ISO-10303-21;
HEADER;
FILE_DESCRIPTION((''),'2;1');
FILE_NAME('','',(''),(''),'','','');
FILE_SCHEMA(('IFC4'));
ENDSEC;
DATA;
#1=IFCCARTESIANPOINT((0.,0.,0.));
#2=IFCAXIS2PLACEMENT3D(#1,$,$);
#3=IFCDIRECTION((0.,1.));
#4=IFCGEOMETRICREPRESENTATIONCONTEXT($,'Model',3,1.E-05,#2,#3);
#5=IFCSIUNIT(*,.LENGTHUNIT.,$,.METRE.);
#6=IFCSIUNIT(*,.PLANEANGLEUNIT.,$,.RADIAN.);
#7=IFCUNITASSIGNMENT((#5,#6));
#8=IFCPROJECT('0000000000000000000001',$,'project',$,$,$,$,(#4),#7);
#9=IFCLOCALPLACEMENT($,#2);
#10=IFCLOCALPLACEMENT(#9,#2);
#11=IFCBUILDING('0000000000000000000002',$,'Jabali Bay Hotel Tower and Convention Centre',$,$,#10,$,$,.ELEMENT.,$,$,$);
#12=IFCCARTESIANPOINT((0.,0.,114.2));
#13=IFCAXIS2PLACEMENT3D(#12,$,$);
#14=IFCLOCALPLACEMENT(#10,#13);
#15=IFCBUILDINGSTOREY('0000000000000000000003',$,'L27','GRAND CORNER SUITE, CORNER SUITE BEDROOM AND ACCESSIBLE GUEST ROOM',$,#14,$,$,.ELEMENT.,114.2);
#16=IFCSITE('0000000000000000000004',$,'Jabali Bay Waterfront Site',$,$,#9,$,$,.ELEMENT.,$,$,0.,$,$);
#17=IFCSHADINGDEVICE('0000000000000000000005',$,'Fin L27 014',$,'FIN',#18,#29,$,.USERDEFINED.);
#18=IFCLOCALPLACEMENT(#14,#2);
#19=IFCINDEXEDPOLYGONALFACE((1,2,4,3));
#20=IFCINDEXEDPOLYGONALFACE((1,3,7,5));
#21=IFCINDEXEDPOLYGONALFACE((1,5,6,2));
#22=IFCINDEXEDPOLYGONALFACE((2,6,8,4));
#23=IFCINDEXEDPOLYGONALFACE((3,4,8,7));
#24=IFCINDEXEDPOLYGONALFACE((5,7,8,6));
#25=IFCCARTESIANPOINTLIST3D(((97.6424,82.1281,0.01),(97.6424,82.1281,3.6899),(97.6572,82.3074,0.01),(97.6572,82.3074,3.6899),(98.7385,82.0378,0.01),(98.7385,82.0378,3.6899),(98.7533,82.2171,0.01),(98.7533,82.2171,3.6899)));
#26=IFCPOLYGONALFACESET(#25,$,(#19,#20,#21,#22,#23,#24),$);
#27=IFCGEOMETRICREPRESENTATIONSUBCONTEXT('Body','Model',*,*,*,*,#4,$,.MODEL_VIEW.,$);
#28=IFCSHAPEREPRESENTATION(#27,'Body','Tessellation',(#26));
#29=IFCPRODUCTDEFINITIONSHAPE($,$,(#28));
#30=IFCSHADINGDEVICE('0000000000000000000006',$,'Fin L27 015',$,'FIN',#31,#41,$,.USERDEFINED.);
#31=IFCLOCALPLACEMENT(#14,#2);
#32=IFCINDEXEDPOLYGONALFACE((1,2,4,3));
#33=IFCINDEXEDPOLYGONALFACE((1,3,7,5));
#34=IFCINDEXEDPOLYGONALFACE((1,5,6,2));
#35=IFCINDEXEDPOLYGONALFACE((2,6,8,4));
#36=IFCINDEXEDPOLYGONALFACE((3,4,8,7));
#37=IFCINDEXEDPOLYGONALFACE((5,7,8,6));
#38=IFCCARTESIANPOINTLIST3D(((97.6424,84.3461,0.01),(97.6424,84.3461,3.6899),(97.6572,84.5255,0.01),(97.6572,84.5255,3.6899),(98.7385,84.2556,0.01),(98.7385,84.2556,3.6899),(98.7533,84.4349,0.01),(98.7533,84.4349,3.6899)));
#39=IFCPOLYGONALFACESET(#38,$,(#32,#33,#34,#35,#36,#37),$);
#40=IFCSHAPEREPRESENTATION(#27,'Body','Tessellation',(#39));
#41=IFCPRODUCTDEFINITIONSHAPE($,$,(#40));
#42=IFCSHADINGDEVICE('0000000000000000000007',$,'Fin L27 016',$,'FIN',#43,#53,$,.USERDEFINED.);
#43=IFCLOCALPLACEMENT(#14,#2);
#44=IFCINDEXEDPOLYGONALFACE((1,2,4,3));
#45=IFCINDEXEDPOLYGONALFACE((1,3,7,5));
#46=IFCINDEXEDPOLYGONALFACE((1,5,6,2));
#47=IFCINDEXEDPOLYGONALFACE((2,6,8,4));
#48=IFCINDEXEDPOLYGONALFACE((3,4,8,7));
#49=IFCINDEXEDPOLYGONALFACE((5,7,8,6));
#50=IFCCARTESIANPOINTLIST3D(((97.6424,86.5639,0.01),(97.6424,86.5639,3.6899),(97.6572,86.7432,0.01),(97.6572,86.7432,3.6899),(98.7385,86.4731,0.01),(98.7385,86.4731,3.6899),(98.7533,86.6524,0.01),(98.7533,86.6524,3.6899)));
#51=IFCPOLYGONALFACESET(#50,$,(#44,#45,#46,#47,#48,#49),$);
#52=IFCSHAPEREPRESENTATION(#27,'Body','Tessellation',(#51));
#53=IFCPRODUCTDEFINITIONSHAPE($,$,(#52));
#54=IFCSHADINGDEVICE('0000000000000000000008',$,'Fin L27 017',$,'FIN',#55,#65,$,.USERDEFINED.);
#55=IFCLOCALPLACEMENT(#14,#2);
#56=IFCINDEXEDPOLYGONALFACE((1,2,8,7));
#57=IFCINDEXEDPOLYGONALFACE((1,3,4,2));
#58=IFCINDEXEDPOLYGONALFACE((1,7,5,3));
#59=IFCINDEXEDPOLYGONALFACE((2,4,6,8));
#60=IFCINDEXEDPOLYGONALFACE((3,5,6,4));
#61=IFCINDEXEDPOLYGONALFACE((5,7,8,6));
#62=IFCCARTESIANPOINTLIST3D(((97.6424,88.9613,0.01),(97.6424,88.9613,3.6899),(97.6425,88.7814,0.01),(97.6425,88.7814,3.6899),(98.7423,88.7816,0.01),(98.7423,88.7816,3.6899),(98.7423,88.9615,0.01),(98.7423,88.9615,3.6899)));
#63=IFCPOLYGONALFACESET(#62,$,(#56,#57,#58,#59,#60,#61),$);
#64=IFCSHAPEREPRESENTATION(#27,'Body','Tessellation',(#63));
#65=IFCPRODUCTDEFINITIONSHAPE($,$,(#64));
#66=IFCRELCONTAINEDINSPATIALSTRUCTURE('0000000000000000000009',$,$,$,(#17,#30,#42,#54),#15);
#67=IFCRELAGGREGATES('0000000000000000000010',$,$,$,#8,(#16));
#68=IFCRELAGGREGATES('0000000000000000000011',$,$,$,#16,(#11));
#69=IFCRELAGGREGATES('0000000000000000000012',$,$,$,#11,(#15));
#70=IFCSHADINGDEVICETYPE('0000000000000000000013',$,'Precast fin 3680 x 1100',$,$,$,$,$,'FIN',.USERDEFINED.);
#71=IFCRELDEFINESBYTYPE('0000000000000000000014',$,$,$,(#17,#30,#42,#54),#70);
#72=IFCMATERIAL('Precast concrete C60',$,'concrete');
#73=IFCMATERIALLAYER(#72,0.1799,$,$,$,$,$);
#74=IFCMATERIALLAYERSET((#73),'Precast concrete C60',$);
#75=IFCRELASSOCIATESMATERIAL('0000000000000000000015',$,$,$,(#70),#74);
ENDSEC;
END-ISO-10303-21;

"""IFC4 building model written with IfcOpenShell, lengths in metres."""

from ifc_helpers import new_model, si_unit, direction, frame, frame_2d, origin, place, context, subcontext, project, spatial, rectangle, extrude, material, layer, layer_set, type_object, element, save


model = new_model("IFC4")

# Units and contexts
model_context = context("Model", 3, precision=1e-05, world=origin(), true_north=direction((0.0, 1.0)))
body_context = subcontext(model_context, "Body", "Model", "MODEL_VIEW")
ifc_project = project(units=[si_unit("LENGTHUNIT", "METRE"), si_unit("PLANEANGLEUNIT", "RADIAN")], contexts=[model_context])

# Site, building, storey
site_placement = place(None, origin())
site = spatial("IfcSite", under=ifc_project, at=site_placement, Name="Jabali Bay Waterfront Site", CompositionType="ELEMENT", RefElevation=0.0)
building_placement = place(site_placement, origin())
building = spatial("IfcBuilding", under=site, at=building_placement, Name="Jabali Bay Hotel Tower and Convention Centre", CompositionType="ELEMENT")
storey_placement = place(building_placement, frame((0.0, 0.0, 114.2)))
storey = spatial("IfcBuildingStorey", under=building, at=storey_placement, Name="L27", Description="GRAND CORNER SUITE, CORNER SUITE BEDROOM AND ACCESSIBLE GUEST ROOM", CompositionType="ELEMENT", Elevation=114.2)

# Shading devices
ifc_material_1 = material(Name="Precast concrete C60", Category="concrete")
ifc_layer_1 = layer(ifc_material_1, 0.1799)
ifc_layer_set_1 = layer_set([ifc_layer_1], Name="Precast concrete C60")
shading_device_type = type_object("IfcShadingDeviceType", Name="Precast fin 3680 x 1100", ElementType="FIN", PredefinedType="USERDEFINED", material=ifc_layer_set_1)
for number, where, z_axis, x_axis, name in (
    (1, (97.6499, 82.2178, 0.01), (0.0, 0.0, 1.0), (0.996622, -0.082127, 0.0), "Fin L27 014"),
    (2, (97.6499, 84.4358, 0.01), (0.0, 0.0, 1.0), (0.996604, -0.082347, 0.0), "Fin L27 015"),
    (3, (97.6499, 86.6536, 0.01), (0.0, 0.0, 1.0), (0.996585, -0.082568, 0.0), "Fin L27 016"),
    (4, (97.6426, 88.8713, 0.01), (0.0, 0.0, 1.0), (1.0, 0.000222, 0.0), "Fin L27 017"),
):
    element("IfcShadingDevice", number, at=place(storey_placement, frame(where, z_axis=z_axis, x_axis=x_axis)), inside=storey, type_object=shading_device_type, Name=name, ObjectType="FIN", PredefinedType="USERDEFINED", context=body_context, shape_type="SweptSolid", body=[
        extrude(rectangle(XDim=1.0999, YDim=0.1799, at=frame_2d((0.5498, 0.0))), origin(), (0.0, 0.0, 1.0), 3.6799),
    ])

save(model, "model.ifc")
